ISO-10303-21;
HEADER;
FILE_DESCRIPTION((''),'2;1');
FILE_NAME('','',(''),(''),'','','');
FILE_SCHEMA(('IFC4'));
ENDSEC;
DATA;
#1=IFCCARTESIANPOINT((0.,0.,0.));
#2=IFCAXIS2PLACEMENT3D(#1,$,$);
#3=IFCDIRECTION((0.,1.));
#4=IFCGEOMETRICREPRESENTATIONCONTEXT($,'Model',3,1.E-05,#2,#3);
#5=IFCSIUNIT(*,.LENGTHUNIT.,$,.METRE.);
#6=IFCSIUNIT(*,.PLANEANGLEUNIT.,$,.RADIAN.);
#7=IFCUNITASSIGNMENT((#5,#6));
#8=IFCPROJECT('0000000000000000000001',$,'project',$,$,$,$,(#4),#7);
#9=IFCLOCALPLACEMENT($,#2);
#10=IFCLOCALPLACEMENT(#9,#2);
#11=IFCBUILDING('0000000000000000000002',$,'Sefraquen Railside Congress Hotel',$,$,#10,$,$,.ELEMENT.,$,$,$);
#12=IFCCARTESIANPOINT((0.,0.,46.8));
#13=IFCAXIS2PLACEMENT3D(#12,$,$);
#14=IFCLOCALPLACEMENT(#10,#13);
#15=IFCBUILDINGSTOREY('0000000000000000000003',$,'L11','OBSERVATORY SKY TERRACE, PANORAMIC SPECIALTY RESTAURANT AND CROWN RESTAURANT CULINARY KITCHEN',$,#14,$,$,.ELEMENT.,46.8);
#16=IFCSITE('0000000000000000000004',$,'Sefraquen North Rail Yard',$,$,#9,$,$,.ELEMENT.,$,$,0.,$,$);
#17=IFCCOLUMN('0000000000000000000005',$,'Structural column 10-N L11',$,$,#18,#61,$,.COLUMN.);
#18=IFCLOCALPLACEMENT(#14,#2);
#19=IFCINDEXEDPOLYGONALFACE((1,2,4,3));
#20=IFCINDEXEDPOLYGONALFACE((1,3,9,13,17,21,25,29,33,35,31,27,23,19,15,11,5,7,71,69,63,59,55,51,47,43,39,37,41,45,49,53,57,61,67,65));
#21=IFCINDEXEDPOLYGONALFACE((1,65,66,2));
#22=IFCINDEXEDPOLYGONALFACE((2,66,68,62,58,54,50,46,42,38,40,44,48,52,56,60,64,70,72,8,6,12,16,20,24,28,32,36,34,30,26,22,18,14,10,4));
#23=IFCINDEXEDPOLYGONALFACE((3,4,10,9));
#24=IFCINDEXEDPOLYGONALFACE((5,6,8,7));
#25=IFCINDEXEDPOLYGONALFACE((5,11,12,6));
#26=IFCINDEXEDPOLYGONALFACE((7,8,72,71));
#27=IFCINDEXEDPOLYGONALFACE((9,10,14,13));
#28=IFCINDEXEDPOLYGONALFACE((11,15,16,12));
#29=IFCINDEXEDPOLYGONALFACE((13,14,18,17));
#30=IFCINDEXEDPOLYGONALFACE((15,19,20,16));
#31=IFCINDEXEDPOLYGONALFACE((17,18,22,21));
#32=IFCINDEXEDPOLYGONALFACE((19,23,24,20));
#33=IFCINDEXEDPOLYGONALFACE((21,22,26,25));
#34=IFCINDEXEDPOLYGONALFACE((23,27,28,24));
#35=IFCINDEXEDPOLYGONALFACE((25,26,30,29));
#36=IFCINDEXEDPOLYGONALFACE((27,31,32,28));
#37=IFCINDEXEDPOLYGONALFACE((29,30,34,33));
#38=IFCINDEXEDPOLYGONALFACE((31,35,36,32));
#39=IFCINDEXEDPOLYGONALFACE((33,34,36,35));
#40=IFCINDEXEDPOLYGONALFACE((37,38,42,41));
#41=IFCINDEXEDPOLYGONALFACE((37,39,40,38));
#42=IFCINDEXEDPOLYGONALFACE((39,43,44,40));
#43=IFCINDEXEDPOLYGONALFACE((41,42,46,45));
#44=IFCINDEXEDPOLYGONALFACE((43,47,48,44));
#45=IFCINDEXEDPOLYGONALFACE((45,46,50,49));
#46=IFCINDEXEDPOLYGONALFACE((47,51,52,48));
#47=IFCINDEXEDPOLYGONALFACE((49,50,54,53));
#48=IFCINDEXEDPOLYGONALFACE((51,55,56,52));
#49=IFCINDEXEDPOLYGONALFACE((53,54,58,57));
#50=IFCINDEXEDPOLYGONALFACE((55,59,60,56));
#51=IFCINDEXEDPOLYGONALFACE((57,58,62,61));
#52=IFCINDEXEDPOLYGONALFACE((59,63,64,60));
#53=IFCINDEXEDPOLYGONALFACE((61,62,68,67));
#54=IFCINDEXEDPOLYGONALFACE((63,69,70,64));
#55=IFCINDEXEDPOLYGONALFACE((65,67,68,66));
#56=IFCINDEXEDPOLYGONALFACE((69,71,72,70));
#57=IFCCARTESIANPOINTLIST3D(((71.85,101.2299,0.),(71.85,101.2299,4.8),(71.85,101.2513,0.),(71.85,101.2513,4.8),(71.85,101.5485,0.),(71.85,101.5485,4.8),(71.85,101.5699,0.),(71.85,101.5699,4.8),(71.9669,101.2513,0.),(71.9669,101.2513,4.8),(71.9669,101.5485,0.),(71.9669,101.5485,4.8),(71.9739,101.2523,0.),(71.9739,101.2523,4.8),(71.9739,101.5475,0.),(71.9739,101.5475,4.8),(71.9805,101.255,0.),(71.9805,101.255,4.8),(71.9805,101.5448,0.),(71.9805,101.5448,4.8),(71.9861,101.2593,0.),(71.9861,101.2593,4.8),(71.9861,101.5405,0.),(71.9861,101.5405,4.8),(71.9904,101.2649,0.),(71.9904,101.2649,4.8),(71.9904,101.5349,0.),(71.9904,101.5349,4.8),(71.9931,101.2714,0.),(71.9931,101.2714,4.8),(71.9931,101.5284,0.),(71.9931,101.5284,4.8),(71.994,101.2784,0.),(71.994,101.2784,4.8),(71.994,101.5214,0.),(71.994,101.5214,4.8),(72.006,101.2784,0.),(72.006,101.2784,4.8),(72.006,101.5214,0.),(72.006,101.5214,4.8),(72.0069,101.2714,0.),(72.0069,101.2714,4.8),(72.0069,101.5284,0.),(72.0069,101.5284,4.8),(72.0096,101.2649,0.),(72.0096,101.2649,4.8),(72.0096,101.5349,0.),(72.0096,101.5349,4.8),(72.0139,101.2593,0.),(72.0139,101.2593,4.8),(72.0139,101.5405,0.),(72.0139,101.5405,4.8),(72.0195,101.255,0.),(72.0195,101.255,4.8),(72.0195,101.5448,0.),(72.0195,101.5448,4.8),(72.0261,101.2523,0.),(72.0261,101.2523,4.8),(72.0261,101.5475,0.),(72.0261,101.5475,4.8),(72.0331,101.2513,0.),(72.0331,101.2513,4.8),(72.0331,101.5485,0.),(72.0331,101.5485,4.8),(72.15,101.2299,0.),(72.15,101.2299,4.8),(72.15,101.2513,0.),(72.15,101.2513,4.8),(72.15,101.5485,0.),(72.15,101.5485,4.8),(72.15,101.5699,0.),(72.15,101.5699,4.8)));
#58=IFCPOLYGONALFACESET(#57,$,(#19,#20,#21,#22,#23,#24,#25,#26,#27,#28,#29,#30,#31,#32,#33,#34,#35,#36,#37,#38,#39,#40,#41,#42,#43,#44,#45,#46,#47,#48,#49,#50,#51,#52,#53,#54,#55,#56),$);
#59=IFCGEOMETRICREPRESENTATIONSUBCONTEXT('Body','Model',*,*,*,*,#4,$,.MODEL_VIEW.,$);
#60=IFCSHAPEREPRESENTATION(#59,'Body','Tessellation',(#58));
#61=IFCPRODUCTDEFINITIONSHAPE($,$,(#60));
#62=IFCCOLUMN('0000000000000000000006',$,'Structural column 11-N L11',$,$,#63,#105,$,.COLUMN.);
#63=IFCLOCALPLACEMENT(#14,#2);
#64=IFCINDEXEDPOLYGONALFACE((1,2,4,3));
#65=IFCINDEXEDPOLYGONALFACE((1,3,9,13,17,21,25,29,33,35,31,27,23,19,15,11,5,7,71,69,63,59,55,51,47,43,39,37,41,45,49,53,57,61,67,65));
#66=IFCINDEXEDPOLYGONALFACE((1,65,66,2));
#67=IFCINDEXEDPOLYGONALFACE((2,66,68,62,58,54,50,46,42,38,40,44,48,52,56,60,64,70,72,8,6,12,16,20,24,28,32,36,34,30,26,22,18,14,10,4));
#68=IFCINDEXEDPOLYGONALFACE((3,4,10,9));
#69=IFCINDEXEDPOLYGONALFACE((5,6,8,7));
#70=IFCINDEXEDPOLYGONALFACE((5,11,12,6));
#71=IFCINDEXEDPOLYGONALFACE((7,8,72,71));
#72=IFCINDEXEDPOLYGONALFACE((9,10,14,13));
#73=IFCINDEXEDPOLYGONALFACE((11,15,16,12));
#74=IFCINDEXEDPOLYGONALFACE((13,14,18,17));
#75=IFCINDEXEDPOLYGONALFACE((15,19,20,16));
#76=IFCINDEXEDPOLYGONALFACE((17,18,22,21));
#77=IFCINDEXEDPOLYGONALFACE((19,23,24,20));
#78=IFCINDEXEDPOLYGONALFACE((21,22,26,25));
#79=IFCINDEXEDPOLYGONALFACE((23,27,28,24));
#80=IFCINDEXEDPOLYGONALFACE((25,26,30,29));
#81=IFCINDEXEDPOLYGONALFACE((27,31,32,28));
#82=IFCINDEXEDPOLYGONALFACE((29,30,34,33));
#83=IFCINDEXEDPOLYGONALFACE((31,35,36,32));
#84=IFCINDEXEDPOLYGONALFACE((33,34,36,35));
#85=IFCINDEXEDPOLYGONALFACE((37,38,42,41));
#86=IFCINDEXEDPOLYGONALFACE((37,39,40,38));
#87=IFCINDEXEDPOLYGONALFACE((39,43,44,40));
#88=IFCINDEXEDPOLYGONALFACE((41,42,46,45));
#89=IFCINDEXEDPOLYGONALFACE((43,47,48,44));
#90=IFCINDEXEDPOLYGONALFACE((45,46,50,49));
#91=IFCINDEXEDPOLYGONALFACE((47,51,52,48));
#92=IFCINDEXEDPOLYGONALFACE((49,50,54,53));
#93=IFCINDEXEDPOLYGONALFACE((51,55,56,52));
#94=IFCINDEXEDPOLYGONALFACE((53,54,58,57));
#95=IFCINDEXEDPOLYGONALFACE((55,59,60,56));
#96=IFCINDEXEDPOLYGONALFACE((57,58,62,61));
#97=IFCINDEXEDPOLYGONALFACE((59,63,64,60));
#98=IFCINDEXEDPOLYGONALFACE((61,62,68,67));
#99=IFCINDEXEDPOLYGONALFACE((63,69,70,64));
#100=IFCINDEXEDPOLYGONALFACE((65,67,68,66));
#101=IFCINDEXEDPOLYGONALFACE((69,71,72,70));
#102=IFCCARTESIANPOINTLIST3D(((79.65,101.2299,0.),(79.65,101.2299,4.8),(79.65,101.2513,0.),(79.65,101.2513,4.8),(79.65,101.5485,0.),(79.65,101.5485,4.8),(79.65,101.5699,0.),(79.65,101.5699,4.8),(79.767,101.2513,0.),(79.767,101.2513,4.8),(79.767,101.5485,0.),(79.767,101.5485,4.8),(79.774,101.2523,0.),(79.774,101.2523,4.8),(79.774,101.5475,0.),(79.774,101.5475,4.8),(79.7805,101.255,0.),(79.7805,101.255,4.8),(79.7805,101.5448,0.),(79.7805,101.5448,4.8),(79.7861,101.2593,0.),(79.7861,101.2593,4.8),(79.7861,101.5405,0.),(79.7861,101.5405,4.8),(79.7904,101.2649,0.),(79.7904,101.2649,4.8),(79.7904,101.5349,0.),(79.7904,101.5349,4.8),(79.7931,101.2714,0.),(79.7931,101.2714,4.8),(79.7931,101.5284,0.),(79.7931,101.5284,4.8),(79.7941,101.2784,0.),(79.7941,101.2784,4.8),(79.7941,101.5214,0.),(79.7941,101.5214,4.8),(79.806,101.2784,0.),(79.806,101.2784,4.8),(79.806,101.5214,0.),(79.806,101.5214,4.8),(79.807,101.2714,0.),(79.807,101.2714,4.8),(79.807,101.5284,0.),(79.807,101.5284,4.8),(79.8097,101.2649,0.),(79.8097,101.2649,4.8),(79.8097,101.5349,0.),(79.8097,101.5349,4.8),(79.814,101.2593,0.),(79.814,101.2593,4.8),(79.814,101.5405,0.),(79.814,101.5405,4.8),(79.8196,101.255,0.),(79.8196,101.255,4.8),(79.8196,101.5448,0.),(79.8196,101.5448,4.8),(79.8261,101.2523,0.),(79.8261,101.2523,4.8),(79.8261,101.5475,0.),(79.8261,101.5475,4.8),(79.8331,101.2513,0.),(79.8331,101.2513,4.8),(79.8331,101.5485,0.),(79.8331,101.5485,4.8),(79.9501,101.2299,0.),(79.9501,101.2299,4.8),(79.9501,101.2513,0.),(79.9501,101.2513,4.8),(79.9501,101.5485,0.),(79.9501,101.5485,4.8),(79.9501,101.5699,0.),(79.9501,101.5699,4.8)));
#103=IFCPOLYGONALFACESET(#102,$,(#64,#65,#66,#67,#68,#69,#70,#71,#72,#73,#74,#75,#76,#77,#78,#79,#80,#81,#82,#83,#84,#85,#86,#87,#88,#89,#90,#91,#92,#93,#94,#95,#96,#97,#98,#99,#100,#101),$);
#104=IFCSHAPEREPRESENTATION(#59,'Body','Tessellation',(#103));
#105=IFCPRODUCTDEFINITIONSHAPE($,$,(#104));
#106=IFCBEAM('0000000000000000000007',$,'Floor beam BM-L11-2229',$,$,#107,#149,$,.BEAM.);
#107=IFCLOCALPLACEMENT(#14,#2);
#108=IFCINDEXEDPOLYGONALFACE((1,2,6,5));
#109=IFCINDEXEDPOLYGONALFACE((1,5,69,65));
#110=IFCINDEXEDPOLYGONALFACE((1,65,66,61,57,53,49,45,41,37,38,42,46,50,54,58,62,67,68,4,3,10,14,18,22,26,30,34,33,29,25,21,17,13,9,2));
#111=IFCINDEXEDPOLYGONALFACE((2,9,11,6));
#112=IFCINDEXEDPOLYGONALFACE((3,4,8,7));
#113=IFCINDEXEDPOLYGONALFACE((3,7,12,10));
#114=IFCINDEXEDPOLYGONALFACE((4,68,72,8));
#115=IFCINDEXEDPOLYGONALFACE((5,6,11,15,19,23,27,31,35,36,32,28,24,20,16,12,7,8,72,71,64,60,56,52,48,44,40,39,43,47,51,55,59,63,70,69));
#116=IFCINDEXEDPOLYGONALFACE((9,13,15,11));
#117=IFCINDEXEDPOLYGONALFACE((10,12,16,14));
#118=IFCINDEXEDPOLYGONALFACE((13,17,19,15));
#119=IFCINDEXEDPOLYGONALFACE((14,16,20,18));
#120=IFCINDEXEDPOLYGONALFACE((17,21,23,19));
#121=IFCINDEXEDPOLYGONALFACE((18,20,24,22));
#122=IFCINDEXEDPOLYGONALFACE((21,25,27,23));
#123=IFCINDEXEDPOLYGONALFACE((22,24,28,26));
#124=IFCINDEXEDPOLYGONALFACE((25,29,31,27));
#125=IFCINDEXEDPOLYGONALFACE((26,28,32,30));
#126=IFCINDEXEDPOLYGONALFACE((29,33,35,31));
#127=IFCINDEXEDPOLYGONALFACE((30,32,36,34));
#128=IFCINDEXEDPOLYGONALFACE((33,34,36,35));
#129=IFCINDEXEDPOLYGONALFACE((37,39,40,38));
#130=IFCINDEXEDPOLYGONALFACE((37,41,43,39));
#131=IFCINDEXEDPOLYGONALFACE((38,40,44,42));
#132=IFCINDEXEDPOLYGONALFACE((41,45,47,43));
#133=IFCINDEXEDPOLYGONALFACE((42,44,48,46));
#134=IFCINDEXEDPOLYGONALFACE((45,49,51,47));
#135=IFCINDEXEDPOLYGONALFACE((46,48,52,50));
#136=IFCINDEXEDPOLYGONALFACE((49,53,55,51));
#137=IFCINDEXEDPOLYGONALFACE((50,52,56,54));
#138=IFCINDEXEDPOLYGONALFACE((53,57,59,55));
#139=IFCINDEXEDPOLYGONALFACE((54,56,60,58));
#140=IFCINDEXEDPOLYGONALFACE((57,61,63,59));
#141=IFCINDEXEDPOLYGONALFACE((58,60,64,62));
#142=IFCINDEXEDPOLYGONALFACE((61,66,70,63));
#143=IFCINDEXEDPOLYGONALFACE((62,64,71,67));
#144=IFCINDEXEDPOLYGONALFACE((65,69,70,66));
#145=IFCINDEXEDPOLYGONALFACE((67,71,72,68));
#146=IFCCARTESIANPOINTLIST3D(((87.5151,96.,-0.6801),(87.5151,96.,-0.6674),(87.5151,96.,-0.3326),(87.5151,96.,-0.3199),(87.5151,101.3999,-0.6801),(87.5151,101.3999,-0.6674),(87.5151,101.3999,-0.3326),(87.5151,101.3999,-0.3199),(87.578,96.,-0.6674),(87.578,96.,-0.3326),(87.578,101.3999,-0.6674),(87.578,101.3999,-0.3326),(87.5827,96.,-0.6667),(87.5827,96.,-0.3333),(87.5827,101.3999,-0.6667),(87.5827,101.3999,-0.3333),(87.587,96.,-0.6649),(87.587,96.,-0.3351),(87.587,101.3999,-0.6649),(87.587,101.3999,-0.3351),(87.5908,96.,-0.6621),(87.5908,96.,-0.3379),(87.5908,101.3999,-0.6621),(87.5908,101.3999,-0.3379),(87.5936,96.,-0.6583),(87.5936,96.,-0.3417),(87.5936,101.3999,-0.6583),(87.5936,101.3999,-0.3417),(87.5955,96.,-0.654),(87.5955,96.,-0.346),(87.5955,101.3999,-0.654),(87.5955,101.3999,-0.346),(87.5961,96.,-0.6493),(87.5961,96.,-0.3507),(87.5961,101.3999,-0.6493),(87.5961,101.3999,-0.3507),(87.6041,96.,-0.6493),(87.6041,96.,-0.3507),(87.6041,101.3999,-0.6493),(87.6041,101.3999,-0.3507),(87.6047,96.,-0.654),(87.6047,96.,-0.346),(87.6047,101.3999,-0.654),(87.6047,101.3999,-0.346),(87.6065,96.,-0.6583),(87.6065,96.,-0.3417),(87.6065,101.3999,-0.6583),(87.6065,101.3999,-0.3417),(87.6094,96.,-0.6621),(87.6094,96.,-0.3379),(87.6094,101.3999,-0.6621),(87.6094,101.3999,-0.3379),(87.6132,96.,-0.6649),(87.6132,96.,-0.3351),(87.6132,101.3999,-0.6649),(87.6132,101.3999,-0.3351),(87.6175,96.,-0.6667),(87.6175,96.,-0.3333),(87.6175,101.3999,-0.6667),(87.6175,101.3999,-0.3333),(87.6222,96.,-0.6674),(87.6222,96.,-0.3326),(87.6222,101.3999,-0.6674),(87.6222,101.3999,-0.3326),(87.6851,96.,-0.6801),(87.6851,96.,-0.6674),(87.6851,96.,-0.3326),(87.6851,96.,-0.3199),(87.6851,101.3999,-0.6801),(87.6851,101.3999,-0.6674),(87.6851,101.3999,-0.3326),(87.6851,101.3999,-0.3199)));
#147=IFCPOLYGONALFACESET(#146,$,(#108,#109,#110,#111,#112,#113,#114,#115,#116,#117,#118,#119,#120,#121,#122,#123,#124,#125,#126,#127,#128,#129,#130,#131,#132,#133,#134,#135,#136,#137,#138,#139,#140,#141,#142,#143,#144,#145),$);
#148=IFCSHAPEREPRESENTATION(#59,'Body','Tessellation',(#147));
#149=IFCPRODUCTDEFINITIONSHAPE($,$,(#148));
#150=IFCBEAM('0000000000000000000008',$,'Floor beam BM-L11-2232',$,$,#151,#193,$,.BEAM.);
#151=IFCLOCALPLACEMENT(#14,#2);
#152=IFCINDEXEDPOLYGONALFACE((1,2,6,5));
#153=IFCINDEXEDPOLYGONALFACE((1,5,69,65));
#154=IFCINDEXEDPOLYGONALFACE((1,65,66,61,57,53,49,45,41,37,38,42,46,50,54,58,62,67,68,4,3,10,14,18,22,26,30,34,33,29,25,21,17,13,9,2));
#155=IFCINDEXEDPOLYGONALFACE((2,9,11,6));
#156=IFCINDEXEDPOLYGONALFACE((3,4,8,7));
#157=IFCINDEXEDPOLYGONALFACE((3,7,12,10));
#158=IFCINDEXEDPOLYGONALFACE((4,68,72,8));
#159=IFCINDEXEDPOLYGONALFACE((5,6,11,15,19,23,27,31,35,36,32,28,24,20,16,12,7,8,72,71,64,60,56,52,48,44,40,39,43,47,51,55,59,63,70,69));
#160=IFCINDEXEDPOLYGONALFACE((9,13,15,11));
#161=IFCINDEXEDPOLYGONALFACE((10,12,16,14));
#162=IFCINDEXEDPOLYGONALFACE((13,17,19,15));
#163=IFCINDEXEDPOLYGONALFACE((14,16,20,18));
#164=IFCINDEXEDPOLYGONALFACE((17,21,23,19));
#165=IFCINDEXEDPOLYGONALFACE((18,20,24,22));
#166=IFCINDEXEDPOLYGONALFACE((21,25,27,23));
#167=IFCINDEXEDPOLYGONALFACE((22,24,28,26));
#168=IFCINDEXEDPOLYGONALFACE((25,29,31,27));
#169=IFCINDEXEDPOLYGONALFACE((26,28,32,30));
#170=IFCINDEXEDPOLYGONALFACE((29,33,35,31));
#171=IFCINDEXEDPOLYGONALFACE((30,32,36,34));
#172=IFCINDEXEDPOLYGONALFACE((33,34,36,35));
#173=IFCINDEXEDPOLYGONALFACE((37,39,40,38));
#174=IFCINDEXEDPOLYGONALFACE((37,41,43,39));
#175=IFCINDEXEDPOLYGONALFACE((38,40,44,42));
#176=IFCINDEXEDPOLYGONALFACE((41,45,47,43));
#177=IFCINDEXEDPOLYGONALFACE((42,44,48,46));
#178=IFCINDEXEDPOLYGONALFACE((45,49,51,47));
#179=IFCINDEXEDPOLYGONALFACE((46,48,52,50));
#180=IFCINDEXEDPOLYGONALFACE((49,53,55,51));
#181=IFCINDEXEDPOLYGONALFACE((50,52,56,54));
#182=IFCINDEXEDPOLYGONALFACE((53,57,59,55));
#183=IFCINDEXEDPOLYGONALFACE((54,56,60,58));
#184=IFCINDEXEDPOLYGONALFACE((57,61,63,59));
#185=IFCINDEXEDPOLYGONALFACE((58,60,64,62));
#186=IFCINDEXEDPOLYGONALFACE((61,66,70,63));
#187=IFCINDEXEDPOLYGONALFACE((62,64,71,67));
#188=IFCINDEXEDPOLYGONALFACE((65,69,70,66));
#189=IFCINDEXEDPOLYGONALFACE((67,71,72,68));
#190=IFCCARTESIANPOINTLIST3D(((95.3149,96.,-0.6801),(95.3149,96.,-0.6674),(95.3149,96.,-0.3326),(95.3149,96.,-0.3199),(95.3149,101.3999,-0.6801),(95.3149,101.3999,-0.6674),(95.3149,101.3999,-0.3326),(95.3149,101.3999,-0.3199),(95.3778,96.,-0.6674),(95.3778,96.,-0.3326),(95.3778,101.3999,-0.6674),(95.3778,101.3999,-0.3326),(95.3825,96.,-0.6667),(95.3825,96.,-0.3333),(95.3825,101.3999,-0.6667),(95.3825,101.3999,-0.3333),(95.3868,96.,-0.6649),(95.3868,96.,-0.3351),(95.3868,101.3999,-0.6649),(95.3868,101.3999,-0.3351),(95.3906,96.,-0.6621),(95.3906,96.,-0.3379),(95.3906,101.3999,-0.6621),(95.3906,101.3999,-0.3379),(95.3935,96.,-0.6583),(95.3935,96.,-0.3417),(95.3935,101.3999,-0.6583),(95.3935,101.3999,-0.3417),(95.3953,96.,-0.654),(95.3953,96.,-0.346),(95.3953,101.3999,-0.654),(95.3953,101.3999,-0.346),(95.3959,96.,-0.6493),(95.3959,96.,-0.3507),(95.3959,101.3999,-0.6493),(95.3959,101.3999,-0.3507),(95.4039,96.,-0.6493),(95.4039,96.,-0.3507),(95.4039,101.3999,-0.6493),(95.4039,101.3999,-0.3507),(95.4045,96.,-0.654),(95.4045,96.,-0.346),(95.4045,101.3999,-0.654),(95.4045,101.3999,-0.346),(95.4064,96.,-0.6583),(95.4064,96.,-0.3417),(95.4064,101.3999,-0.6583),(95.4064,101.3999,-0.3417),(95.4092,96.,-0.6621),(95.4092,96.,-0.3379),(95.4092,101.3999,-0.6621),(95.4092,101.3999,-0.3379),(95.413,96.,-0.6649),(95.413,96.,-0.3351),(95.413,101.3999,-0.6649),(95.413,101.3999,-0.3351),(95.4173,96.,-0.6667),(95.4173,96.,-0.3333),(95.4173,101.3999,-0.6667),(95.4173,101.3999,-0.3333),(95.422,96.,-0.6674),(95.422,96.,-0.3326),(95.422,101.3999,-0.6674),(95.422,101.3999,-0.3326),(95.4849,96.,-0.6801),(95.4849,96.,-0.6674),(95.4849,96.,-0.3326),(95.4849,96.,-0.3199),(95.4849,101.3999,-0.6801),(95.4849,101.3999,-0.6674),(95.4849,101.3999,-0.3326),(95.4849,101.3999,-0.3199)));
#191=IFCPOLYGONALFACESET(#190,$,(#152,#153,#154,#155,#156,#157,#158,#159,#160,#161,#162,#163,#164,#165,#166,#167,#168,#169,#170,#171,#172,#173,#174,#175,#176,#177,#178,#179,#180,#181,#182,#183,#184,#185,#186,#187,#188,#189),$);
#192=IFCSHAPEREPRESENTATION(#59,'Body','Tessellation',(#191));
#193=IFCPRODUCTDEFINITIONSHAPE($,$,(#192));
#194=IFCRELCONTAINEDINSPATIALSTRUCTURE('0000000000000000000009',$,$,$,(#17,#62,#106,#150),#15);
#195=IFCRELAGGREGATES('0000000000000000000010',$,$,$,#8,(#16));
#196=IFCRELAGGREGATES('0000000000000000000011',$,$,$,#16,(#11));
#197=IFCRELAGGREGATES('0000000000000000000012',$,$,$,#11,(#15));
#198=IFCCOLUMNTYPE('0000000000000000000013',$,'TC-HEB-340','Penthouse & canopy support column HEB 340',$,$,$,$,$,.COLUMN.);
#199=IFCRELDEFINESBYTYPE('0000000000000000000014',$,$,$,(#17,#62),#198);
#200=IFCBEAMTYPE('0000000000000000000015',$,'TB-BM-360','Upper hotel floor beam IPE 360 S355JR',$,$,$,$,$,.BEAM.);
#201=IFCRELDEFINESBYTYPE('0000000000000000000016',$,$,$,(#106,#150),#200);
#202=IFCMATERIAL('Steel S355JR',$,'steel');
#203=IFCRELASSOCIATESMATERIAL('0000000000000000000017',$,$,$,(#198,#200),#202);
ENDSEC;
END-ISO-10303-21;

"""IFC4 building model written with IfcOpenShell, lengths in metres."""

from ifc_helpers import new_model, si_unit, direction, frame, origin, origin_2d, place, context, subcontext, project, spatial, i_section, extrude, material, material_profile, profile_set, type_object, element, save


model = new_model("IFC4")

# Units and contexts
model_context = context("Model", 3, precision=1e-05, world=origin(), true_north=direction((0.0, 1.0)))
body_context = subcontext(model_context, "Body", "Model", "MODEL_VIEW")
ifc_project = project(units=[si_unit("LENGTHUNIT", "METRE"), si_unit("PLANEANGLEUNIT", "RADIAN")], contexts=[model_context])

# Site, building, storey
site_placement = place(None, origin())
site = spatial("IfcSite", under=ifc_project, at=site_placement, Name="Sefraquen North Rail Yard", CompositionType="ELEMENT", RefElevation=0.0)
building_placement = place(site_placement, origin())
building = spatial("IfcBuilding", under=site, at=building_placement, Name="Sefraquen Railside Congress Hotel", CompositionType="ELEMENT")
storey_placement = place(building_placement, frame((0.0, 0.0, 46.8)))
storey = spatial("IfcBuildingStorey", under=building, at=storey_placement, Name="L11", Description="OBSERVATORY SKY TERRACE, PANORAMIC SPECIALTY RESTAURANT AND CROWN RESTAURANT CULINARY KITCHEN", CompositionType="ELEMENT", Elevation=46.8)

# Columns
ifc_material_1 = material(Name="Steel S355JR", Category="steel")
ifc_material_profile_1 = material_profile(ifc_material_1, i_section(OverallWidth=0.3, OverallDepth=0.3401, WebThickness=0.012, FlangeThickness=0.0215, FilletRadius=0.0271, at=origin_2d()), Name="HEB 340")
ifc_profile_set_1 = profile_set([ifc_material_profile_1], Name="Steel S355JR")
column_type = type_object("IfcColumnType", Name="TC-HEB-340", Description="Penthouse & canopy support column HEB 340", PredefinedType="COLUMN", material=ifc_profile_set_1)
for number, where, z_axis, x_axis, name in (
    (1, (72.0, 101.3999, 0.0), (0.0, 0.0, 1.0), (1.0, 0.0, 0.0), "Structural column 10-N L11"),
    (2, (79.8, 101.3999, 0.0), (0.0, 0.0, 1.0), (1.0, 0.0, 0.0), "Structural column 11-N L11"),
):
    element("IfcColumn", number, at=place(storey_placement, frame(where, z_axis=z_axis, x_axis=x_axis)), inside=storey, type_object=column_type, Name=name, PredefinedType="COLUMN", context=body_context, shape_type="SweptSolid", body=[
        extrude(i_section(OverallWidth=0.3, OverallDepth=0.3401, WebThickness=0.012, FlangeThickness=0.0215, FilletRadius=0.0271, at=origin_2d()), origin(), (0.0, 0.0, 1.0), 4.8),
    ])

# Beams
ifc_material_profile_2 = material_profile(ifc_material_1, i_section(OverallWidth=0.1699, OverallDepth=0.3601, WebThickness=0.0081, FlangeThickness=0.0127, FilletRadius=0.0181, at=origin_2d()), Name="IPE 360")
ifc_profile_set_2 = profile_set([ifc_material_profile_2], Name="Steel S355JR")
beam_type_1 = type_object("IfcBeamType", Name="TB-BM-360", Description="Upper hotel floor beam IPE 360 S355JR", PredefinedType="BEAM", material=ifc_profile_set_2)
for number, where, z_axis, x_axis, name in (
    (3, (87.6001, 96.0, -0.5), (0.0, 1.0, 0.0), (-1.0, 0.0, 0.0), "Floor beam BM-L11-2229"),
    (4, (95.3999, 96.0, -0.5), (0.0, 1.0, 0.0), (-1.0, 0.0, 0.0), "Floor beam BM-L11-2232"),
):
    element("IfcBeam", number, at=place(storey_placement, frame(where, z_axis=z_axis, x_axis=x_axis)), inside=storey, type_object=beam_type_1, Name=name, PredefinedType="BEAM", context=body_context, shape_type="SweptSolid", body=[
        extrude(i_section(OverallWidth=0.1699, OverallDepth=0.3601, WebThickness=0.0081, FlangeThickness=0.0127, FilletRadius=0.0181, at=origin_2d()), origin(), (0.0, 0.0, 1.0), 5.3999),
    ])

save(model, "model.ifc")
